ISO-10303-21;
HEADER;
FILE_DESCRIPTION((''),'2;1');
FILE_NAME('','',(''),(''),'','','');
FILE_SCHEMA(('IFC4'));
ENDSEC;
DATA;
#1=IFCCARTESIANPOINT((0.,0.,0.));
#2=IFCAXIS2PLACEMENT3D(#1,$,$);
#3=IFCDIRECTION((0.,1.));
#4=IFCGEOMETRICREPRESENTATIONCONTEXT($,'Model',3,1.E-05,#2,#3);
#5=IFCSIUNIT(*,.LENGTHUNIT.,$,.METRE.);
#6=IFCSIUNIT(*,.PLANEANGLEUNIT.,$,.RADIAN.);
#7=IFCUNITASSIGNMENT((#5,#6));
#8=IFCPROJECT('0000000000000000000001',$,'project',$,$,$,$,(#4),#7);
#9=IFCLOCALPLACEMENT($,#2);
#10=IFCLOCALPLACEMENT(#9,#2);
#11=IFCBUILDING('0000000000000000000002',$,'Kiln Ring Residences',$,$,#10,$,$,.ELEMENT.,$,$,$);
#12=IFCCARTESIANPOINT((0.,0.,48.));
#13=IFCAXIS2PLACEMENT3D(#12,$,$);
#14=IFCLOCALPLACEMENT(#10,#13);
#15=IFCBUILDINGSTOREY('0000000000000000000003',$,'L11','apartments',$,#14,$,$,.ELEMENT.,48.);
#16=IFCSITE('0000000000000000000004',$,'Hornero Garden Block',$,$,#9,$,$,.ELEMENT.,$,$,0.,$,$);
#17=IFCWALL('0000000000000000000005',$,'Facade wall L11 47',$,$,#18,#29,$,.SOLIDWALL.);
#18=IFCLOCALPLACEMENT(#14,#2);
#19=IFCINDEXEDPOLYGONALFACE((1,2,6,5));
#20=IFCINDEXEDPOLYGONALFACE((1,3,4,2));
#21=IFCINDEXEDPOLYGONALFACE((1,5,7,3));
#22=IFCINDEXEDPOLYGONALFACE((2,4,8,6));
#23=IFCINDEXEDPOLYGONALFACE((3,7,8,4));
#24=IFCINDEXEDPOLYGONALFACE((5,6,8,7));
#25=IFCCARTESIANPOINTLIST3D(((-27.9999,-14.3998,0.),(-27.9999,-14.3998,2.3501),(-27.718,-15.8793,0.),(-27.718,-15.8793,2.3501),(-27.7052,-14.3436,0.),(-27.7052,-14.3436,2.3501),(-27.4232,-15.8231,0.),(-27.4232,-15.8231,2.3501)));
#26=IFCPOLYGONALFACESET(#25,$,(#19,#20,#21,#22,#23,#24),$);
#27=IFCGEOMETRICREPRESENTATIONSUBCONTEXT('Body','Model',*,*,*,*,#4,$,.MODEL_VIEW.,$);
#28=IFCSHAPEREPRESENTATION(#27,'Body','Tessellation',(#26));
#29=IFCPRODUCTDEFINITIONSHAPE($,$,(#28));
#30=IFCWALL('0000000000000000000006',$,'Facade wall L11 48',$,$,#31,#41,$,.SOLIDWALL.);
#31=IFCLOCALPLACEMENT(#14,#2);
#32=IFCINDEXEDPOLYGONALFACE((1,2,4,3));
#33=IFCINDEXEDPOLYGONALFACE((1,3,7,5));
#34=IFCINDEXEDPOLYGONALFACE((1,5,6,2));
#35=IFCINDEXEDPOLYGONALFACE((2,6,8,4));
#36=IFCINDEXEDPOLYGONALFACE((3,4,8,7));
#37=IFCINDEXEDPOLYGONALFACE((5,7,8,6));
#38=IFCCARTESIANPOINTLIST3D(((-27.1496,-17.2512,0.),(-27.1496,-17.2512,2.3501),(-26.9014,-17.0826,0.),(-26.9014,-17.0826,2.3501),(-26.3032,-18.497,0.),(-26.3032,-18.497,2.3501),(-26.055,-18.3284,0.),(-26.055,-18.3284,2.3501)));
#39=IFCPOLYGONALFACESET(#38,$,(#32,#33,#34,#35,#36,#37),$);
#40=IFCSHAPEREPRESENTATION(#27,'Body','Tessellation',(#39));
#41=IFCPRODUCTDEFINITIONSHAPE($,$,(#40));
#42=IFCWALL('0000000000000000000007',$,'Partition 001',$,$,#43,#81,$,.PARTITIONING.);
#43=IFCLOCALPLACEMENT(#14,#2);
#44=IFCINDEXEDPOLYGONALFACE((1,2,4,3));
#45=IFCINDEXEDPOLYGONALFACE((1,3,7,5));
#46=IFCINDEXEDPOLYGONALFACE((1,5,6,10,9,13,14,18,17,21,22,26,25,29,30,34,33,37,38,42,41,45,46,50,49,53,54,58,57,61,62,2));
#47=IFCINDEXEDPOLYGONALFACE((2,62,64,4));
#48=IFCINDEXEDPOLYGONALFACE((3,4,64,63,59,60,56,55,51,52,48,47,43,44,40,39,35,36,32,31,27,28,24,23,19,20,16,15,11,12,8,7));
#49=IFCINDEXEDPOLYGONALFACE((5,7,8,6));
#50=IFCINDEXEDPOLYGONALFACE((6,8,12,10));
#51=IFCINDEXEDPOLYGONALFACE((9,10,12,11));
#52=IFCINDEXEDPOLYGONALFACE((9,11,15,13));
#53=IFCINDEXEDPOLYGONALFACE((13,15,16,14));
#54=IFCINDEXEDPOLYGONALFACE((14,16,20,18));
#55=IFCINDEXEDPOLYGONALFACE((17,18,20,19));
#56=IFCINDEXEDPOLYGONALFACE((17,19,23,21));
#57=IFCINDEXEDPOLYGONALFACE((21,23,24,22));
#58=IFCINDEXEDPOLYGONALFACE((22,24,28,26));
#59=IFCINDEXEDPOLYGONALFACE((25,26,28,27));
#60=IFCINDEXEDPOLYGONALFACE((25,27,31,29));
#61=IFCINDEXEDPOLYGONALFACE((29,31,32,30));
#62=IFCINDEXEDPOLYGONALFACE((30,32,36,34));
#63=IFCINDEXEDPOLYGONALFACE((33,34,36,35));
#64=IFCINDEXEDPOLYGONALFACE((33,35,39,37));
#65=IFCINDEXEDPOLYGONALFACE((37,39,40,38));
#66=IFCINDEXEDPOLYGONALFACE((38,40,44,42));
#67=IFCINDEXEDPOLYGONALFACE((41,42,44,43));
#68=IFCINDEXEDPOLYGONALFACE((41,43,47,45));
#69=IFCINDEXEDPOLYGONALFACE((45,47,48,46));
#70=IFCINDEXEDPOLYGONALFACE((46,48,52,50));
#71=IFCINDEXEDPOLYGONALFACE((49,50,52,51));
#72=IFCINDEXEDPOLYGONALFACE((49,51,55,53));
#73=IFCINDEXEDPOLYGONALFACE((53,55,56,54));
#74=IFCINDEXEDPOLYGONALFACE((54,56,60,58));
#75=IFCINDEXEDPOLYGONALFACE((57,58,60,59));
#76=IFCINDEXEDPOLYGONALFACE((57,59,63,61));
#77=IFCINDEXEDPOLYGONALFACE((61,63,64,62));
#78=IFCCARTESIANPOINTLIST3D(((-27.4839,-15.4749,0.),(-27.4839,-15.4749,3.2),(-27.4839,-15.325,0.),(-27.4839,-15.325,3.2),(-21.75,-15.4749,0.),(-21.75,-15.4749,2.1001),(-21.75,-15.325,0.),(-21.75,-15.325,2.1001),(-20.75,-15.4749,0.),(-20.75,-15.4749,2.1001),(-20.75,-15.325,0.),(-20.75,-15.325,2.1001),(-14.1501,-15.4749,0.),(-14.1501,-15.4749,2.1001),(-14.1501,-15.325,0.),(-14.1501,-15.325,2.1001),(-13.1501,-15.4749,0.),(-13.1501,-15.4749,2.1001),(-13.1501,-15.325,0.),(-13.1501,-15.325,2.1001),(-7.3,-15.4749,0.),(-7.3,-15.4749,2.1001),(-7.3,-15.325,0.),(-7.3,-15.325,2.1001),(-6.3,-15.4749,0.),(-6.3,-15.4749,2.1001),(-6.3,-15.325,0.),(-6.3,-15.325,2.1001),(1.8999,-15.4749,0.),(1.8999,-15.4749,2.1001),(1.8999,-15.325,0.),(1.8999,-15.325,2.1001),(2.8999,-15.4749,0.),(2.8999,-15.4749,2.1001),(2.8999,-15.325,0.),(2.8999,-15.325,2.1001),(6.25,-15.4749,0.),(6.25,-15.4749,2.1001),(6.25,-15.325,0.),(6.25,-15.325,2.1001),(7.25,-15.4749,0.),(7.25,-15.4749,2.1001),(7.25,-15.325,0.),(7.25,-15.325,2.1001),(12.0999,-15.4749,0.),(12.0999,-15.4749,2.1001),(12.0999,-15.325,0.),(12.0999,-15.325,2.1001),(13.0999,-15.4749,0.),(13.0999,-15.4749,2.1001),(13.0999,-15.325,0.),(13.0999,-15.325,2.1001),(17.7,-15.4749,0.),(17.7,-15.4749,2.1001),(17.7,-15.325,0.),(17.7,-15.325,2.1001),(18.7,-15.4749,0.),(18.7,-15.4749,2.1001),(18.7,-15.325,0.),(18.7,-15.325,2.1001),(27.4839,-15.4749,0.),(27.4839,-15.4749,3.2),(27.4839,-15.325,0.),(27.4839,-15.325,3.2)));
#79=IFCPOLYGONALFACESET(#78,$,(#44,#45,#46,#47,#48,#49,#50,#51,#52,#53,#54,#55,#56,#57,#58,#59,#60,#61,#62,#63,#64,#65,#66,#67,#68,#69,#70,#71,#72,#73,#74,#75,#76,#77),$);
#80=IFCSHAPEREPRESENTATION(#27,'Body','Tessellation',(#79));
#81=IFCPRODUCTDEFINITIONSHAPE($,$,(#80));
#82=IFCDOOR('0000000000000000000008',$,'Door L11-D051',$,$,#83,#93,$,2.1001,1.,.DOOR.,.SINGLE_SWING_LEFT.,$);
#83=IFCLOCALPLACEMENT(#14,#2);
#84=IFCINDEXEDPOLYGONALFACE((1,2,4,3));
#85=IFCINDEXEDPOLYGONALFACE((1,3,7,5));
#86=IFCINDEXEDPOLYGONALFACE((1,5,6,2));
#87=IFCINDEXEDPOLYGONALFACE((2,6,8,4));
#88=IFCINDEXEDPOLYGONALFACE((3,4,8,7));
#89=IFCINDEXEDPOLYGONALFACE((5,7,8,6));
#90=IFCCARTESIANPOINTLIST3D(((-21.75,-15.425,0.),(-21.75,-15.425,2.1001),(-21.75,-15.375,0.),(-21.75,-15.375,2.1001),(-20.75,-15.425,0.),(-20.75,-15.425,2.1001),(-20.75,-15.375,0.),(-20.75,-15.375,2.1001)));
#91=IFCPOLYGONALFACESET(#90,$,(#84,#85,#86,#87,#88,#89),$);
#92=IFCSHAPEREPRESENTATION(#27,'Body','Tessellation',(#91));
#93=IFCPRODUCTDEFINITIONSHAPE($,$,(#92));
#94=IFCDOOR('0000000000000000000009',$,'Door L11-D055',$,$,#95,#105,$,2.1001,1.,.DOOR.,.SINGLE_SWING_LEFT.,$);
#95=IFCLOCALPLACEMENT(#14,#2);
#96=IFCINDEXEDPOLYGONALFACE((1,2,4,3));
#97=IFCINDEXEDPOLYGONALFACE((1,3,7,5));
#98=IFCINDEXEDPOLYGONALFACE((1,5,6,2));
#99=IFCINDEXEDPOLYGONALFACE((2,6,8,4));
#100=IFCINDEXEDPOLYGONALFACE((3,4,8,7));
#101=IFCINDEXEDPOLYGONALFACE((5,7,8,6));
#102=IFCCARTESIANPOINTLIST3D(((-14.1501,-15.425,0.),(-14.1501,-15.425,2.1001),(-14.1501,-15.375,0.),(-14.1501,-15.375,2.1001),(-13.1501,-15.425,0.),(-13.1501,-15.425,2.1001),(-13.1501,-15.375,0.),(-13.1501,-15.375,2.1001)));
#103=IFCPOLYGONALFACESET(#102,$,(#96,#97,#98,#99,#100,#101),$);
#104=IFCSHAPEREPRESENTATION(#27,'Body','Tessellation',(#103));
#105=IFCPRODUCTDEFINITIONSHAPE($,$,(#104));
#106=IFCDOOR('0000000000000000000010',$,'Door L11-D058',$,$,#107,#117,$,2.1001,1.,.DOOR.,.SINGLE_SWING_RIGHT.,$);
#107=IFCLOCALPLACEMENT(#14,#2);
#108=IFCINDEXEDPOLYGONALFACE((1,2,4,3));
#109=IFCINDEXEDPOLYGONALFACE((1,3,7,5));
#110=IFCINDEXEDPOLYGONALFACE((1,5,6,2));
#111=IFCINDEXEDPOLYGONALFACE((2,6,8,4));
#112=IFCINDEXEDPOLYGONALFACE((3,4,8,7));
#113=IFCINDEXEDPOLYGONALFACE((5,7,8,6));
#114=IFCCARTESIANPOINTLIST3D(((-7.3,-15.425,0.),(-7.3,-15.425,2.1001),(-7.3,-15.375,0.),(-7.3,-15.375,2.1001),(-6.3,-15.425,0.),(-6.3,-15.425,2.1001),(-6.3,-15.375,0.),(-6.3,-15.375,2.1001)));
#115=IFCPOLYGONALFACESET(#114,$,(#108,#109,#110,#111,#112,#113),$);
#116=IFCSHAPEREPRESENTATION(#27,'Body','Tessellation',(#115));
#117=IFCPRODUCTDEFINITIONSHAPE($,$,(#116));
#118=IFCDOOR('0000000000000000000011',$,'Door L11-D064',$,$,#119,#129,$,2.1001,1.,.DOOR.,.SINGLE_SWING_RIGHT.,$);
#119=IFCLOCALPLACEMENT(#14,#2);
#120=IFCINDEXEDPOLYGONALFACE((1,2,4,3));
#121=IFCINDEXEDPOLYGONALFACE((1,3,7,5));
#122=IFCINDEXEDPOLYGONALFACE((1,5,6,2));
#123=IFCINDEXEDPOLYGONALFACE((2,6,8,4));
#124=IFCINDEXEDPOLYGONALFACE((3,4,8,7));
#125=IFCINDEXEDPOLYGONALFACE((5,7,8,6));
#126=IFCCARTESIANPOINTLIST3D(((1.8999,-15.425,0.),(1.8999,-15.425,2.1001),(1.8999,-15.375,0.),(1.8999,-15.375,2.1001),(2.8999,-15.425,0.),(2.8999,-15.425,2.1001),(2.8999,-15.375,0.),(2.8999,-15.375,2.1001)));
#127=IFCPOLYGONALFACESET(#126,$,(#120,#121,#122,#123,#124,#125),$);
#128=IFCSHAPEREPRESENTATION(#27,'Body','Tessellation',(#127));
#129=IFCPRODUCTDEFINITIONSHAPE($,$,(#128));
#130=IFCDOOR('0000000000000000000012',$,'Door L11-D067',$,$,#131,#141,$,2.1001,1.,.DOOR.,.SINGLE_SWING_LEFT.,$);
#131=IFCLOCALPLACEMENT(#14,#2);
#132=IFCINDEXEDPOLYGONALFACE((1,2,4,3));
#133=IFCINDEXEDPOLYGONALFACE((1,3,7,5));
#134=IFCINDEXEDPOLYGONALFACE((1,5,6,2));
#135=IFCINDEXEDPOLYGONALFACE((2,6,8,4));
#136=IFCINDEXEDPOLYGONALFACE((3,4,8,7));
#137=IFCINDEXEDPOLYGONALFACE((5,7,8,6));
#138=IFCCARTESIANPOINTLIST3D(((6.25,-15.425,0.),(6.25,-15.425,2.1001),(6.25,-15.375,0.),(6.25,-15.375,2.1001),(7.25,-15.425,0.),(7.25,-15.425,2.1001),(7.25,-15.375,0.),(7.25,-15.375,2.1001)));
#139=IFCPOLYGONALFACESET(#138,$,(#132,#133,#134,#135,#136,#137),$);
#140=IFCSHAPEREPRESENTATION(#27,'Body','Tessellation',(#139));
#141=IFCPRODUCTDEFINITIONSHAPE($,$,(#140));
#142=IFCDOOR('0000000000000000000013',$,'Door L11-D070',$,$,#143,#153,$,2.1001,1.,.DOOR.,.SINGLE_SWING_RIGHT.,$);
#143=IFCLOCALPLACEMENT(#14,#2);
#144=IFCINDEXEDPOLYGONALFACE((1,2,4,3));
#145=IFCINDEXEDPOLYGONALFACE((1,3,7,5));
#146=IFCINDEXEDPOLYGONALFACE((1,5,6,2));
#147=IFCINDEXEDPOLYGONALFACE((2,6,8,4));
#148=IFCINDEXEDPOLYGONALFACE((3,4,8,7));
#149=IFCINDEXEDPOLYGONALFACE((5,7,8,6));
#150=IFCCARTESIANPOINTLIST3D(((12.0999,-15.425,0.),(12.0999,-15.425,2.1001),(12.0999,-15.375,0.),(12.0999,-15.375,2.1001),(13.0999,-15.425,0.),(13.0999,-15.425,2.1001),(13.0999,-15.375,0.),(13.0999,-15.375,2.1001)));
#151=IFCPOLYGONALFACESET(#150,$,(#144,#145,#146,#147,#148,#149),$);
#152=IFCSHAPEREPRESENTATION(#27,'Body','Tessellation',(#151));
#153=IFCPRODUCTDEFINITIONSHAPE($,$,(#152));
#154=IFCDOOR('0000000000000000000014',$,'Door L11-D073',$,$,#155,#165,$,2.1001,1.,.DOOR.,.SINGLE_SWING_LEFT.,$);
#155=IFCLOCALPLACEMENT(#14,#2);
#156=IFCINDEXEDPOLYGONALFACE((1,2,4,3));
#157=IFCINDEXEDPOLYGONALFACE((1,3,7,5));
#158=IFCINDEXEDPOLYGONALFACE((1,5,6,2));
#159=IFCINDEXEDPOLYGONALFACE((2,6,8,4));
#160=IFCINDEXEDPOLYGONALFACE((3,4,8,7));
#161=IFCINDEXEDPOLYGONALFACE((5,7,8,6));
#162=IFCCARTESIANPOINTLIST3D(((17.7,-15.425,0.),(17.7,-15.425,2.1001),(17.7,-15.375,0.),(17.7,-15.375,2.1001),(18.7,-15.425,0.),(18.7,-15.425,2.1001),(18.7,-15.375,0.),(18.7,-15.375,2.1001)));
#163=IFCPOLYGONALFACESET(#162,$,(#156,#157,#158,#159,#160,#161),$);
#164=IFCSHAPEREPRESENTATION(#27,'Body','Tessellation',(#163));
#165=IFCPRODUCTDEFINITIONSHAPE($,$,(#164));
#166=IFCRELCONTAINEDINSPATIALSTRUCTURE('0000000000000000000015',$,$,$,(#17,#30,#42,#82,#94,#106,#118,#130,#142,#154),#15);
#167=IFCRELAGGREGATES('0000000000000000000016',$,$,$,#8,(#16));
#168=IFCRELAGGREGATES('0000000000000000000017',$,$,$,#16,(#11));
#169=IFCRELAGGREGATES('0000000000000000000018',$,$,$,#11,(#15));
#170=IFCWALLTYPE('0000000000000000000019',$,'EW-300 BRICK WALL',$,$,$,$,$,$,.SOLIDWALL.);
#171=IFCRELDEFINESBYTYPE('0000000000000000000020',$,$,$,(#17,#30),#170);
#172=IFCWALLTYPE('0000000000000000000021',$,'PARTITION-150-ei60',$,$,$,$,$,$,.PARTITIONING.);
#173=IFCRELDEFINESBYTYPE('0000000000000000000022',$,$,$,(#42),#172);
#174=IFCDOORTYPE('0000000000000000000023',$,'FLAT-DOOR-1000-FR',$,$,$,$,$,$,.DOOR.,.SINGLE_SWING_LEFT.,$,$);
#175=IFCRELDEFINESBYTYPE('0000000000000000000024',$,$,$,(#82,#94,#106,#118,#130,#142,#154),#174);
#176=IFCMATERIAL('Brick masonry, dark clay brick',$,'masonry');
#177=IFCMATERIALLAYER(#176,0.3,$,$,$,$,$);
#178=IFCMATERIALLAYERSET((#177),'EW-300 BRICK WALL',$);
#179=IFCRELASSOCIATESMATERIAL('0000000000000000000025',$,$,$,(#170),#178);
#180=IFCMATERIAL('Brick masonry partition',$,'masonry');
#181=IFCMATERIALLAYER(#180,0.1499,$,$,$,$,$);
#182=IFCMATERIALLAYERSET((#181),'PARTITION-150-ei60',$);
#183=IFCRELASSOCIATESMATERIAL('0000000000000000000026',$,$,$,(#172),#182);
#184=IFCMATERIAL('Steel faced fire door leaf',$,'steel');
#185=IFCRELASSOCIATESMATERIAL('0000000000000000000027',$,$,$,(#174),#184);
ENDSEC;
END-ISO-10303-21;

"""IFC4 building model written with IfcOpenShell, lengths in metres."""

from ifc_helpers import new_model, si_unit, direction, frame, frame_2d, origin, place, context, subcontext, project, spatial, rectangle, extrude, material, layer, layer_set, type_object, element, fill, save


model = new_model("IFC4")

# Units and contexts
model_context = context("Model", 3, precision=1e-05, world=origin(), true_north=direction((0.0, 1.0)))
body_context = subcontext(model_context, "Body", "Model", "MODEL_VIEW")
ifc_project = project(units=[si_unit("LENGTHUNIT", "METRE"), si_unit("PLANEANGLEUNIT", "RADIAN")], contexts=[model_context])

# Site, building, storey
site_placement = place(None, origin())
site = spatial("IfcSite", under=ifc_project, at=site_placement, Name="Hornero Garden Block", CompositionType="ELEMENT", RefElevation=0.0)
building_placement = place(site_placement, origin())
building = spatial("IfcBuilding", under=site, at=building_placement, Name="Kiln Ring Residences", CompositionType="ELEMENT")
storey_placement = place(building_placement, frame((0.0, 0.0, 48.0)))
storey = spatial("IfcBuildingStorey", under=building, at=storey_placement, Name="L11", Description="apartments", CompositionType="ELEMENT", Elevation=48.0)

# Walls
ifc_material_1 = material(Name="Brick masonry, dark clay brick", Category="masonry")
ifc_layer_1 = layer(ifc_material_1, 0.3)
ifc_layer_set_1 = layer_set([ifc_layer_1], Name="EW-300 BRICK WALL")
wall_type_1 = type_object("IfcWallType", Name="EW-300 BRICK WALL", PredefinedType="SOLIDWALL", material=ifc_layer_set_1)
for number, where, z_axis, x_axis, name in (
    (1, (-27.8525, -14.3718, 0.0), (0.0, 0.0, 1.0), (0.187224, -0.982317, 0.0), "Facade wall L11 47"),
    (2, (-27.0254, -17.167, 0.0), (0.0, 0.0, 1.0), (0.561973, -0.827156, 0.0), "Facade wall L11 48"),
):
    element("IfcWall", number, at=place(storey_placement, frame(where, z_axis=z_axis, x_axis=x_axis)), inside=storey, type_object=wall_type_1, Name=name, PredefinedType="SOLIDWALL", context=body_context, shape_type="SweptSolid", body=[
        extrude(rectangle(XDim=1.5061, YDim=0.3, at=frame_2d((0.7529, 0.0))), origin(), (0.0, 0.0, 1.0), 2.3501),
    ])

# Wall, openings, doors
ifc_material_2 = material(Name="Brick masonry partition", Category="masonry")
ifc_layer_2 = layer(ifc_material_2, 0.1499)
ifc_layer_set_2 = layer_set([ifc_layer_2], Name="PARTITION-150-ei60")
wall_type_2 = type_object("IfcWallType", Name="PARTITION-150-ei60", PredefinedType="PARTITIONING", material=ifc_layer_set_2)
wall_1_placement = place(storey_placement, frame((-27.4839, -15.3999, 0.0), z_axis=(0.0, 0.0, 1.0), x_axis=(1.0, 0.0, 0.0)))
wall_1 = element("IfcWall", 3, at=wall_1_placement, inside=storey, type_object=wall_type_2, Name="Partition 001", PredefinedType="PARTITIONING", context=body_context, shape_type="SweptSolid", body=[
    extrude(rectangle(XDim=54.9678, YDim=0.1499, at=frame_2d((27.4839, 0.0))), origin(), (0.0, 0.0, 1.0), 3.2),
])
opening_1_placement = place(wall_1_placement, frame((5.7339, 0.0, 0.0)))
opening_1 = element("IfcOpeningElement", 4, at=opening_1_placement, cuts=wall_1, PredefinedType="OPENING", context=body_context, shape_type="SweptSolid", body=[
    extrude(rectangle(XDim=1.0, YDim=2.1001, at=frame_2d((0.5, 1.05))), frame((0.0, 0.085, 0.0), z_axis=(0.0, -1.0, 0.0), x_axis=(1.0, 0.0, 0.0)), (0.0, 0.0, 1.0), 0.1699),
])
opening_2_placement = place(wall_1_placement, frame((13.3337, 0.0, 0.0)))
opening_2 = element("IfcOpeningElement", 5, at=opening_2_placement, cuts=wall_1, PredefinedType="OPENING", context=body_context, shape_type="SweptSolid", body=[
    extrude(rectangle(XDim=1.0, YDim=2.1001, at=frame_2d((0.5, 1.05))), frame((0.0, 0.085, 0.0), z_axis=(0.0, -1.0, 0.0), x_axis=(1.0, 0.0, 0.0)), (0.0, 0.0, 1.0), 0.1699),
])
opening_3_placement = place(wall_1_placement, frame((20.1838, 0.0, 0.0)))
opening_3 = element("IfcOpeningElement", 6, at=opening_3_placement, cuts=wall_1, PredefinedType="OPENING", context=body_context, shape_type="SweptSolid", body=[
    extrude(rectangle(XDim=1.0, YDim=2.1001, at=frame_2d((0.5, 1.05))), frame((0.0, 0.085, 0.0), z_axis=(0.0, -1.0, 0.0), x_axis=(1.0, 0.0, 0.0)), (0.0, 0.0, 1.0), 0.1699),
])
opening_4_placement = place(wall_1_placement, frame((29.3838, 0.0, 0.0)))
opening_4 = element("IfcOpeningElement", 7, at=opening_4_placement, cuts=wall_1, PredefinedType="OPENING", context=body_context, shape_type="SweptSolid", body=[
    extrude(rectangle(XDim=1.0, YDim=2.1001, at=frame_2d((0.5, 1.05))), frame((0.0, 0.085, 0.0), z_axis=(0.0, -1.0, 0.0), x_axis=(1.0, 0.0, 0.0)), (0.0, 0.0, 1.0), 0.1699),
])
opening_5_placement = place(wall_1_placement, frame((33.7339, 0.0, 0.0)))
opening_5 = element("IfcOpeningElement", 8, at=opening_5_placement, cuts=wall_1, PredefinedType="OPENING", context=body_context, shape_type="SweptSolid", body=[
    extrude(rectangle(XDim=1.0, YDim=2.1001, at=frame_2d((0.5, 1.05))), frame((0.0, 0.085, 0.0), z_axis=(0.0, -1.0, 0.0), x_axis=(1.0, 0.0, 0.0)), (0.0, 0.0, 1.0), 0.1699),
])
opening_6_placement = place(wall_1_placement, frame((39.5837, 0.0, 0.0)))
opening_6 = element("IfcOpeningElement", 9, at=opening_6_placement, cuts=wall_1, PredefinedType="OPENING", context=body_context, shape_type="SweptSolid", body=[
    extrude(rectangle(XDim=1.0, YDim=2.1001, at=frame_2d((0.5, 1.05))), frame((0.0, 0.085, 0.0), z_axis=(0.0, -1.0, 0.0), x_axis=(1.0, 0.0, 0.0)), (0.0, 0.0, 1.0), 0.1699),
])
opening_7_placement = place(wall_1_placement, frame((45.1838, 0.0, 0.0)))
opening_7 = element("IfcOpeningElement", 10, at=opening_7_placement, cuts=wall_1, PredefinedType="OPENING", context=body_context, shape_type="SweptSolid", body=[
    extrude(rectangle(XDim=1.0, YDim=2.1001, at=frame_2d((0.5, 1.05))), frame((0.0, 0.085, 0.0), z_axis=(0.0, -1.0, 0.0), x_axis=(1.0, 0.0, 0.0)), (0.0, 0.0, 1.0), 0.1699),
])
ifc_material_3 = material(Name="Steel faced fire door leaf", Category="steel")
door_type_1 = type_object("IfcDoorType", Name="FLAT-DOOR-1000-FR", OperationType="SINGLE_SWING_LEFT", PredefinedType="DOOR", material=ifc_material_3)
door_1_placement = place(opening_1_placement, origin())
door_1 = element("IfcDoor", 11, at=door_1_placement, inside=storey, type_object=door_type_1, Name="Door L11-D051", OperationType="SINGLE_SWING_LEFT", OverallHeight=2.1001, OverallWidth=1.0, PredefinedType="DOOR", context=body_context, shape_type="SweptSolid", body=[
    extrude(rectangle(XDim=1.0, YDim=2.1001, at=frame_2d((0.5, 1.05))), frame((0.0, 0.0249, 0.0), z_axis=(0.0, -1.0, 0.0), x_axis=(1.0, 0.0, 0.0)), (0.0, 0.0, 1.0), 0.05),
])
fill(opening_1, door_1)
door_2_placement = place(opening_2_placement, origin())
door_2 = element("IfcDoor", 12, at=door_2_placement, inside=storey, type_object=door_type_1, Name="Door L11-D055", OperationType="SINGLE_SWING_LEFT", OverallHeight=2.1001, OverallWidth=1.0, PredefinedType="DOOR", context=body_context, shape_type="SweptSolid", body=[
    extrude(rectangle(XDim=1.0, YDim=2.1001, at=frame_2d((0.5, 1.05))), frame((0.0, 0.0249, 0.0), z_axis=(0.0, -1.0, 0.0), x_axis=(1.0, 0.0, 0.0)), (0.0, 0.0, 1.0), 0.05),
])
fill(opening_2, door_2)
door_3_placement = place(opening_3_placement, origin())
door_3 = element("IfcDoor", 13, at=door_3_placement, inside=storey, type_object=door_type_1, Name="Door L11-D058", OperationType="SINGLE_SWING_RIGHT", OverallHeight=2.1001, OverallWidth=1.0, PredefinedType="DOOR", context=body_context, shape_type="SweptSolid", body=[
    extrude(rectangle(XDim=1.0, YDim=2.1001, at=frame_2d((0.5, 1.05))), frame((0.0, 0.0249, 0.0), z_axis=(0.0, -1.0, 0.0), x_axis=(1.0, 0.0, 0.0)), (0.0, 0.0, 1.0), 0.05),
])
fill(opening_3, door_3)
door_4_placement = place(opening_4_placement, origin())
door_4 = element("IfcDoor", 14, at=door_4_placement, inside=storey, type_object=door_type_1, Name="Door L11-D064", OperationType="SINGLE_SWING_RIGHT", OverallHeight=2.1001, OverallWidth=1.0, PredefinedType="DOOR", context=body_context, shape_type="SweptSolid", body=[
    extrude(rectangle(XDim=1.0, YDim=2.1001, at=frame_2d((0.5, 1.05))), frame((0.0, 0.0249, 0.0), z_axis=(0.0, -1.0, 0.0), x_axis=(1.0, 0.0, 0.0)), (0.0, 0.0, 1.0), 0.05),
])
fill(opening_4, door_4)
door_5_placement = place(opening_5_placement, origin())
door_5 = element("IfcDoor", 15, at=door_5_placement, inside=storey, type_object=door_type_1, Name="Door L11-D067", OperationType="SINGLE_SWING_LEFT", OverallHeight=2.1001, OverallWidth=1.0, PredefinedType="DOOR", context=body_context, shape_type="SweptSolid", body=[
    extrude(rectangle(XDim=1.0, YDim=2.1001, at=frame_2d((0.5, 1.05))), frame((0.0, 0.0249, 0.0), z_axis=(0.0, -1.0, 0.0), x_axis=(1.0, 0.0, 0.0)), (0.0, 0.0, 1.0), 0.05),
])
fill(opening_5, door_5)
door_6_placement = place(opening_6_placement, origin())
door_6 = element("IfcDoor", 16, at=door_6_placement, inside=storey, type_object=door_type_1, Name="Door L11-D070", OperationType="SINGLE_SWING_RIGHT", OverallHeight=2.1001, OverallWidth=1.0, PredefinedType="DOOR", context=body_context, shape_type="SweptSolid", body=[
    extrude(rectangle(XDim=1.0, YDim=2.1001, at=frame_2d((0.5, 1.05))), frame((0.0, 0.0249, 0.0), z_axis=(0.0, -1.0, 0.0), x_axis=(1.0, 0.0, 0.0)), (0.0, 0.0, 1.0), 0.05),
])
fill(opening_6, door_6)
door_7_placement = place(opening_7_placement, origin())
door_7 = element("IfcDoor", 17, at=door_7_placement, inside=storey, type_object=door_type_1, Name="Door L11-D073", OperationType="SINGLE_SWING_LEFT", OverallHeight=2.1001, OverallWidth=1.0, PredefinedType="DOOR", context=body_context, shape_type="SweptSolid", body=[
    extrude(rectangle(XDim=1.0, YDim=2.1001, at=frame_2d((0.5, 1.05))), frame((0.0, 0.0249, 0.0), z_axis=(0.0, -1.0, 0.0), x_axis=(1.0, 0.0, 0.0)), (0.0, 0.0, 1.0), 0.05),
])
fill(opening_7, door_7)

save(model, "model.ifc")
